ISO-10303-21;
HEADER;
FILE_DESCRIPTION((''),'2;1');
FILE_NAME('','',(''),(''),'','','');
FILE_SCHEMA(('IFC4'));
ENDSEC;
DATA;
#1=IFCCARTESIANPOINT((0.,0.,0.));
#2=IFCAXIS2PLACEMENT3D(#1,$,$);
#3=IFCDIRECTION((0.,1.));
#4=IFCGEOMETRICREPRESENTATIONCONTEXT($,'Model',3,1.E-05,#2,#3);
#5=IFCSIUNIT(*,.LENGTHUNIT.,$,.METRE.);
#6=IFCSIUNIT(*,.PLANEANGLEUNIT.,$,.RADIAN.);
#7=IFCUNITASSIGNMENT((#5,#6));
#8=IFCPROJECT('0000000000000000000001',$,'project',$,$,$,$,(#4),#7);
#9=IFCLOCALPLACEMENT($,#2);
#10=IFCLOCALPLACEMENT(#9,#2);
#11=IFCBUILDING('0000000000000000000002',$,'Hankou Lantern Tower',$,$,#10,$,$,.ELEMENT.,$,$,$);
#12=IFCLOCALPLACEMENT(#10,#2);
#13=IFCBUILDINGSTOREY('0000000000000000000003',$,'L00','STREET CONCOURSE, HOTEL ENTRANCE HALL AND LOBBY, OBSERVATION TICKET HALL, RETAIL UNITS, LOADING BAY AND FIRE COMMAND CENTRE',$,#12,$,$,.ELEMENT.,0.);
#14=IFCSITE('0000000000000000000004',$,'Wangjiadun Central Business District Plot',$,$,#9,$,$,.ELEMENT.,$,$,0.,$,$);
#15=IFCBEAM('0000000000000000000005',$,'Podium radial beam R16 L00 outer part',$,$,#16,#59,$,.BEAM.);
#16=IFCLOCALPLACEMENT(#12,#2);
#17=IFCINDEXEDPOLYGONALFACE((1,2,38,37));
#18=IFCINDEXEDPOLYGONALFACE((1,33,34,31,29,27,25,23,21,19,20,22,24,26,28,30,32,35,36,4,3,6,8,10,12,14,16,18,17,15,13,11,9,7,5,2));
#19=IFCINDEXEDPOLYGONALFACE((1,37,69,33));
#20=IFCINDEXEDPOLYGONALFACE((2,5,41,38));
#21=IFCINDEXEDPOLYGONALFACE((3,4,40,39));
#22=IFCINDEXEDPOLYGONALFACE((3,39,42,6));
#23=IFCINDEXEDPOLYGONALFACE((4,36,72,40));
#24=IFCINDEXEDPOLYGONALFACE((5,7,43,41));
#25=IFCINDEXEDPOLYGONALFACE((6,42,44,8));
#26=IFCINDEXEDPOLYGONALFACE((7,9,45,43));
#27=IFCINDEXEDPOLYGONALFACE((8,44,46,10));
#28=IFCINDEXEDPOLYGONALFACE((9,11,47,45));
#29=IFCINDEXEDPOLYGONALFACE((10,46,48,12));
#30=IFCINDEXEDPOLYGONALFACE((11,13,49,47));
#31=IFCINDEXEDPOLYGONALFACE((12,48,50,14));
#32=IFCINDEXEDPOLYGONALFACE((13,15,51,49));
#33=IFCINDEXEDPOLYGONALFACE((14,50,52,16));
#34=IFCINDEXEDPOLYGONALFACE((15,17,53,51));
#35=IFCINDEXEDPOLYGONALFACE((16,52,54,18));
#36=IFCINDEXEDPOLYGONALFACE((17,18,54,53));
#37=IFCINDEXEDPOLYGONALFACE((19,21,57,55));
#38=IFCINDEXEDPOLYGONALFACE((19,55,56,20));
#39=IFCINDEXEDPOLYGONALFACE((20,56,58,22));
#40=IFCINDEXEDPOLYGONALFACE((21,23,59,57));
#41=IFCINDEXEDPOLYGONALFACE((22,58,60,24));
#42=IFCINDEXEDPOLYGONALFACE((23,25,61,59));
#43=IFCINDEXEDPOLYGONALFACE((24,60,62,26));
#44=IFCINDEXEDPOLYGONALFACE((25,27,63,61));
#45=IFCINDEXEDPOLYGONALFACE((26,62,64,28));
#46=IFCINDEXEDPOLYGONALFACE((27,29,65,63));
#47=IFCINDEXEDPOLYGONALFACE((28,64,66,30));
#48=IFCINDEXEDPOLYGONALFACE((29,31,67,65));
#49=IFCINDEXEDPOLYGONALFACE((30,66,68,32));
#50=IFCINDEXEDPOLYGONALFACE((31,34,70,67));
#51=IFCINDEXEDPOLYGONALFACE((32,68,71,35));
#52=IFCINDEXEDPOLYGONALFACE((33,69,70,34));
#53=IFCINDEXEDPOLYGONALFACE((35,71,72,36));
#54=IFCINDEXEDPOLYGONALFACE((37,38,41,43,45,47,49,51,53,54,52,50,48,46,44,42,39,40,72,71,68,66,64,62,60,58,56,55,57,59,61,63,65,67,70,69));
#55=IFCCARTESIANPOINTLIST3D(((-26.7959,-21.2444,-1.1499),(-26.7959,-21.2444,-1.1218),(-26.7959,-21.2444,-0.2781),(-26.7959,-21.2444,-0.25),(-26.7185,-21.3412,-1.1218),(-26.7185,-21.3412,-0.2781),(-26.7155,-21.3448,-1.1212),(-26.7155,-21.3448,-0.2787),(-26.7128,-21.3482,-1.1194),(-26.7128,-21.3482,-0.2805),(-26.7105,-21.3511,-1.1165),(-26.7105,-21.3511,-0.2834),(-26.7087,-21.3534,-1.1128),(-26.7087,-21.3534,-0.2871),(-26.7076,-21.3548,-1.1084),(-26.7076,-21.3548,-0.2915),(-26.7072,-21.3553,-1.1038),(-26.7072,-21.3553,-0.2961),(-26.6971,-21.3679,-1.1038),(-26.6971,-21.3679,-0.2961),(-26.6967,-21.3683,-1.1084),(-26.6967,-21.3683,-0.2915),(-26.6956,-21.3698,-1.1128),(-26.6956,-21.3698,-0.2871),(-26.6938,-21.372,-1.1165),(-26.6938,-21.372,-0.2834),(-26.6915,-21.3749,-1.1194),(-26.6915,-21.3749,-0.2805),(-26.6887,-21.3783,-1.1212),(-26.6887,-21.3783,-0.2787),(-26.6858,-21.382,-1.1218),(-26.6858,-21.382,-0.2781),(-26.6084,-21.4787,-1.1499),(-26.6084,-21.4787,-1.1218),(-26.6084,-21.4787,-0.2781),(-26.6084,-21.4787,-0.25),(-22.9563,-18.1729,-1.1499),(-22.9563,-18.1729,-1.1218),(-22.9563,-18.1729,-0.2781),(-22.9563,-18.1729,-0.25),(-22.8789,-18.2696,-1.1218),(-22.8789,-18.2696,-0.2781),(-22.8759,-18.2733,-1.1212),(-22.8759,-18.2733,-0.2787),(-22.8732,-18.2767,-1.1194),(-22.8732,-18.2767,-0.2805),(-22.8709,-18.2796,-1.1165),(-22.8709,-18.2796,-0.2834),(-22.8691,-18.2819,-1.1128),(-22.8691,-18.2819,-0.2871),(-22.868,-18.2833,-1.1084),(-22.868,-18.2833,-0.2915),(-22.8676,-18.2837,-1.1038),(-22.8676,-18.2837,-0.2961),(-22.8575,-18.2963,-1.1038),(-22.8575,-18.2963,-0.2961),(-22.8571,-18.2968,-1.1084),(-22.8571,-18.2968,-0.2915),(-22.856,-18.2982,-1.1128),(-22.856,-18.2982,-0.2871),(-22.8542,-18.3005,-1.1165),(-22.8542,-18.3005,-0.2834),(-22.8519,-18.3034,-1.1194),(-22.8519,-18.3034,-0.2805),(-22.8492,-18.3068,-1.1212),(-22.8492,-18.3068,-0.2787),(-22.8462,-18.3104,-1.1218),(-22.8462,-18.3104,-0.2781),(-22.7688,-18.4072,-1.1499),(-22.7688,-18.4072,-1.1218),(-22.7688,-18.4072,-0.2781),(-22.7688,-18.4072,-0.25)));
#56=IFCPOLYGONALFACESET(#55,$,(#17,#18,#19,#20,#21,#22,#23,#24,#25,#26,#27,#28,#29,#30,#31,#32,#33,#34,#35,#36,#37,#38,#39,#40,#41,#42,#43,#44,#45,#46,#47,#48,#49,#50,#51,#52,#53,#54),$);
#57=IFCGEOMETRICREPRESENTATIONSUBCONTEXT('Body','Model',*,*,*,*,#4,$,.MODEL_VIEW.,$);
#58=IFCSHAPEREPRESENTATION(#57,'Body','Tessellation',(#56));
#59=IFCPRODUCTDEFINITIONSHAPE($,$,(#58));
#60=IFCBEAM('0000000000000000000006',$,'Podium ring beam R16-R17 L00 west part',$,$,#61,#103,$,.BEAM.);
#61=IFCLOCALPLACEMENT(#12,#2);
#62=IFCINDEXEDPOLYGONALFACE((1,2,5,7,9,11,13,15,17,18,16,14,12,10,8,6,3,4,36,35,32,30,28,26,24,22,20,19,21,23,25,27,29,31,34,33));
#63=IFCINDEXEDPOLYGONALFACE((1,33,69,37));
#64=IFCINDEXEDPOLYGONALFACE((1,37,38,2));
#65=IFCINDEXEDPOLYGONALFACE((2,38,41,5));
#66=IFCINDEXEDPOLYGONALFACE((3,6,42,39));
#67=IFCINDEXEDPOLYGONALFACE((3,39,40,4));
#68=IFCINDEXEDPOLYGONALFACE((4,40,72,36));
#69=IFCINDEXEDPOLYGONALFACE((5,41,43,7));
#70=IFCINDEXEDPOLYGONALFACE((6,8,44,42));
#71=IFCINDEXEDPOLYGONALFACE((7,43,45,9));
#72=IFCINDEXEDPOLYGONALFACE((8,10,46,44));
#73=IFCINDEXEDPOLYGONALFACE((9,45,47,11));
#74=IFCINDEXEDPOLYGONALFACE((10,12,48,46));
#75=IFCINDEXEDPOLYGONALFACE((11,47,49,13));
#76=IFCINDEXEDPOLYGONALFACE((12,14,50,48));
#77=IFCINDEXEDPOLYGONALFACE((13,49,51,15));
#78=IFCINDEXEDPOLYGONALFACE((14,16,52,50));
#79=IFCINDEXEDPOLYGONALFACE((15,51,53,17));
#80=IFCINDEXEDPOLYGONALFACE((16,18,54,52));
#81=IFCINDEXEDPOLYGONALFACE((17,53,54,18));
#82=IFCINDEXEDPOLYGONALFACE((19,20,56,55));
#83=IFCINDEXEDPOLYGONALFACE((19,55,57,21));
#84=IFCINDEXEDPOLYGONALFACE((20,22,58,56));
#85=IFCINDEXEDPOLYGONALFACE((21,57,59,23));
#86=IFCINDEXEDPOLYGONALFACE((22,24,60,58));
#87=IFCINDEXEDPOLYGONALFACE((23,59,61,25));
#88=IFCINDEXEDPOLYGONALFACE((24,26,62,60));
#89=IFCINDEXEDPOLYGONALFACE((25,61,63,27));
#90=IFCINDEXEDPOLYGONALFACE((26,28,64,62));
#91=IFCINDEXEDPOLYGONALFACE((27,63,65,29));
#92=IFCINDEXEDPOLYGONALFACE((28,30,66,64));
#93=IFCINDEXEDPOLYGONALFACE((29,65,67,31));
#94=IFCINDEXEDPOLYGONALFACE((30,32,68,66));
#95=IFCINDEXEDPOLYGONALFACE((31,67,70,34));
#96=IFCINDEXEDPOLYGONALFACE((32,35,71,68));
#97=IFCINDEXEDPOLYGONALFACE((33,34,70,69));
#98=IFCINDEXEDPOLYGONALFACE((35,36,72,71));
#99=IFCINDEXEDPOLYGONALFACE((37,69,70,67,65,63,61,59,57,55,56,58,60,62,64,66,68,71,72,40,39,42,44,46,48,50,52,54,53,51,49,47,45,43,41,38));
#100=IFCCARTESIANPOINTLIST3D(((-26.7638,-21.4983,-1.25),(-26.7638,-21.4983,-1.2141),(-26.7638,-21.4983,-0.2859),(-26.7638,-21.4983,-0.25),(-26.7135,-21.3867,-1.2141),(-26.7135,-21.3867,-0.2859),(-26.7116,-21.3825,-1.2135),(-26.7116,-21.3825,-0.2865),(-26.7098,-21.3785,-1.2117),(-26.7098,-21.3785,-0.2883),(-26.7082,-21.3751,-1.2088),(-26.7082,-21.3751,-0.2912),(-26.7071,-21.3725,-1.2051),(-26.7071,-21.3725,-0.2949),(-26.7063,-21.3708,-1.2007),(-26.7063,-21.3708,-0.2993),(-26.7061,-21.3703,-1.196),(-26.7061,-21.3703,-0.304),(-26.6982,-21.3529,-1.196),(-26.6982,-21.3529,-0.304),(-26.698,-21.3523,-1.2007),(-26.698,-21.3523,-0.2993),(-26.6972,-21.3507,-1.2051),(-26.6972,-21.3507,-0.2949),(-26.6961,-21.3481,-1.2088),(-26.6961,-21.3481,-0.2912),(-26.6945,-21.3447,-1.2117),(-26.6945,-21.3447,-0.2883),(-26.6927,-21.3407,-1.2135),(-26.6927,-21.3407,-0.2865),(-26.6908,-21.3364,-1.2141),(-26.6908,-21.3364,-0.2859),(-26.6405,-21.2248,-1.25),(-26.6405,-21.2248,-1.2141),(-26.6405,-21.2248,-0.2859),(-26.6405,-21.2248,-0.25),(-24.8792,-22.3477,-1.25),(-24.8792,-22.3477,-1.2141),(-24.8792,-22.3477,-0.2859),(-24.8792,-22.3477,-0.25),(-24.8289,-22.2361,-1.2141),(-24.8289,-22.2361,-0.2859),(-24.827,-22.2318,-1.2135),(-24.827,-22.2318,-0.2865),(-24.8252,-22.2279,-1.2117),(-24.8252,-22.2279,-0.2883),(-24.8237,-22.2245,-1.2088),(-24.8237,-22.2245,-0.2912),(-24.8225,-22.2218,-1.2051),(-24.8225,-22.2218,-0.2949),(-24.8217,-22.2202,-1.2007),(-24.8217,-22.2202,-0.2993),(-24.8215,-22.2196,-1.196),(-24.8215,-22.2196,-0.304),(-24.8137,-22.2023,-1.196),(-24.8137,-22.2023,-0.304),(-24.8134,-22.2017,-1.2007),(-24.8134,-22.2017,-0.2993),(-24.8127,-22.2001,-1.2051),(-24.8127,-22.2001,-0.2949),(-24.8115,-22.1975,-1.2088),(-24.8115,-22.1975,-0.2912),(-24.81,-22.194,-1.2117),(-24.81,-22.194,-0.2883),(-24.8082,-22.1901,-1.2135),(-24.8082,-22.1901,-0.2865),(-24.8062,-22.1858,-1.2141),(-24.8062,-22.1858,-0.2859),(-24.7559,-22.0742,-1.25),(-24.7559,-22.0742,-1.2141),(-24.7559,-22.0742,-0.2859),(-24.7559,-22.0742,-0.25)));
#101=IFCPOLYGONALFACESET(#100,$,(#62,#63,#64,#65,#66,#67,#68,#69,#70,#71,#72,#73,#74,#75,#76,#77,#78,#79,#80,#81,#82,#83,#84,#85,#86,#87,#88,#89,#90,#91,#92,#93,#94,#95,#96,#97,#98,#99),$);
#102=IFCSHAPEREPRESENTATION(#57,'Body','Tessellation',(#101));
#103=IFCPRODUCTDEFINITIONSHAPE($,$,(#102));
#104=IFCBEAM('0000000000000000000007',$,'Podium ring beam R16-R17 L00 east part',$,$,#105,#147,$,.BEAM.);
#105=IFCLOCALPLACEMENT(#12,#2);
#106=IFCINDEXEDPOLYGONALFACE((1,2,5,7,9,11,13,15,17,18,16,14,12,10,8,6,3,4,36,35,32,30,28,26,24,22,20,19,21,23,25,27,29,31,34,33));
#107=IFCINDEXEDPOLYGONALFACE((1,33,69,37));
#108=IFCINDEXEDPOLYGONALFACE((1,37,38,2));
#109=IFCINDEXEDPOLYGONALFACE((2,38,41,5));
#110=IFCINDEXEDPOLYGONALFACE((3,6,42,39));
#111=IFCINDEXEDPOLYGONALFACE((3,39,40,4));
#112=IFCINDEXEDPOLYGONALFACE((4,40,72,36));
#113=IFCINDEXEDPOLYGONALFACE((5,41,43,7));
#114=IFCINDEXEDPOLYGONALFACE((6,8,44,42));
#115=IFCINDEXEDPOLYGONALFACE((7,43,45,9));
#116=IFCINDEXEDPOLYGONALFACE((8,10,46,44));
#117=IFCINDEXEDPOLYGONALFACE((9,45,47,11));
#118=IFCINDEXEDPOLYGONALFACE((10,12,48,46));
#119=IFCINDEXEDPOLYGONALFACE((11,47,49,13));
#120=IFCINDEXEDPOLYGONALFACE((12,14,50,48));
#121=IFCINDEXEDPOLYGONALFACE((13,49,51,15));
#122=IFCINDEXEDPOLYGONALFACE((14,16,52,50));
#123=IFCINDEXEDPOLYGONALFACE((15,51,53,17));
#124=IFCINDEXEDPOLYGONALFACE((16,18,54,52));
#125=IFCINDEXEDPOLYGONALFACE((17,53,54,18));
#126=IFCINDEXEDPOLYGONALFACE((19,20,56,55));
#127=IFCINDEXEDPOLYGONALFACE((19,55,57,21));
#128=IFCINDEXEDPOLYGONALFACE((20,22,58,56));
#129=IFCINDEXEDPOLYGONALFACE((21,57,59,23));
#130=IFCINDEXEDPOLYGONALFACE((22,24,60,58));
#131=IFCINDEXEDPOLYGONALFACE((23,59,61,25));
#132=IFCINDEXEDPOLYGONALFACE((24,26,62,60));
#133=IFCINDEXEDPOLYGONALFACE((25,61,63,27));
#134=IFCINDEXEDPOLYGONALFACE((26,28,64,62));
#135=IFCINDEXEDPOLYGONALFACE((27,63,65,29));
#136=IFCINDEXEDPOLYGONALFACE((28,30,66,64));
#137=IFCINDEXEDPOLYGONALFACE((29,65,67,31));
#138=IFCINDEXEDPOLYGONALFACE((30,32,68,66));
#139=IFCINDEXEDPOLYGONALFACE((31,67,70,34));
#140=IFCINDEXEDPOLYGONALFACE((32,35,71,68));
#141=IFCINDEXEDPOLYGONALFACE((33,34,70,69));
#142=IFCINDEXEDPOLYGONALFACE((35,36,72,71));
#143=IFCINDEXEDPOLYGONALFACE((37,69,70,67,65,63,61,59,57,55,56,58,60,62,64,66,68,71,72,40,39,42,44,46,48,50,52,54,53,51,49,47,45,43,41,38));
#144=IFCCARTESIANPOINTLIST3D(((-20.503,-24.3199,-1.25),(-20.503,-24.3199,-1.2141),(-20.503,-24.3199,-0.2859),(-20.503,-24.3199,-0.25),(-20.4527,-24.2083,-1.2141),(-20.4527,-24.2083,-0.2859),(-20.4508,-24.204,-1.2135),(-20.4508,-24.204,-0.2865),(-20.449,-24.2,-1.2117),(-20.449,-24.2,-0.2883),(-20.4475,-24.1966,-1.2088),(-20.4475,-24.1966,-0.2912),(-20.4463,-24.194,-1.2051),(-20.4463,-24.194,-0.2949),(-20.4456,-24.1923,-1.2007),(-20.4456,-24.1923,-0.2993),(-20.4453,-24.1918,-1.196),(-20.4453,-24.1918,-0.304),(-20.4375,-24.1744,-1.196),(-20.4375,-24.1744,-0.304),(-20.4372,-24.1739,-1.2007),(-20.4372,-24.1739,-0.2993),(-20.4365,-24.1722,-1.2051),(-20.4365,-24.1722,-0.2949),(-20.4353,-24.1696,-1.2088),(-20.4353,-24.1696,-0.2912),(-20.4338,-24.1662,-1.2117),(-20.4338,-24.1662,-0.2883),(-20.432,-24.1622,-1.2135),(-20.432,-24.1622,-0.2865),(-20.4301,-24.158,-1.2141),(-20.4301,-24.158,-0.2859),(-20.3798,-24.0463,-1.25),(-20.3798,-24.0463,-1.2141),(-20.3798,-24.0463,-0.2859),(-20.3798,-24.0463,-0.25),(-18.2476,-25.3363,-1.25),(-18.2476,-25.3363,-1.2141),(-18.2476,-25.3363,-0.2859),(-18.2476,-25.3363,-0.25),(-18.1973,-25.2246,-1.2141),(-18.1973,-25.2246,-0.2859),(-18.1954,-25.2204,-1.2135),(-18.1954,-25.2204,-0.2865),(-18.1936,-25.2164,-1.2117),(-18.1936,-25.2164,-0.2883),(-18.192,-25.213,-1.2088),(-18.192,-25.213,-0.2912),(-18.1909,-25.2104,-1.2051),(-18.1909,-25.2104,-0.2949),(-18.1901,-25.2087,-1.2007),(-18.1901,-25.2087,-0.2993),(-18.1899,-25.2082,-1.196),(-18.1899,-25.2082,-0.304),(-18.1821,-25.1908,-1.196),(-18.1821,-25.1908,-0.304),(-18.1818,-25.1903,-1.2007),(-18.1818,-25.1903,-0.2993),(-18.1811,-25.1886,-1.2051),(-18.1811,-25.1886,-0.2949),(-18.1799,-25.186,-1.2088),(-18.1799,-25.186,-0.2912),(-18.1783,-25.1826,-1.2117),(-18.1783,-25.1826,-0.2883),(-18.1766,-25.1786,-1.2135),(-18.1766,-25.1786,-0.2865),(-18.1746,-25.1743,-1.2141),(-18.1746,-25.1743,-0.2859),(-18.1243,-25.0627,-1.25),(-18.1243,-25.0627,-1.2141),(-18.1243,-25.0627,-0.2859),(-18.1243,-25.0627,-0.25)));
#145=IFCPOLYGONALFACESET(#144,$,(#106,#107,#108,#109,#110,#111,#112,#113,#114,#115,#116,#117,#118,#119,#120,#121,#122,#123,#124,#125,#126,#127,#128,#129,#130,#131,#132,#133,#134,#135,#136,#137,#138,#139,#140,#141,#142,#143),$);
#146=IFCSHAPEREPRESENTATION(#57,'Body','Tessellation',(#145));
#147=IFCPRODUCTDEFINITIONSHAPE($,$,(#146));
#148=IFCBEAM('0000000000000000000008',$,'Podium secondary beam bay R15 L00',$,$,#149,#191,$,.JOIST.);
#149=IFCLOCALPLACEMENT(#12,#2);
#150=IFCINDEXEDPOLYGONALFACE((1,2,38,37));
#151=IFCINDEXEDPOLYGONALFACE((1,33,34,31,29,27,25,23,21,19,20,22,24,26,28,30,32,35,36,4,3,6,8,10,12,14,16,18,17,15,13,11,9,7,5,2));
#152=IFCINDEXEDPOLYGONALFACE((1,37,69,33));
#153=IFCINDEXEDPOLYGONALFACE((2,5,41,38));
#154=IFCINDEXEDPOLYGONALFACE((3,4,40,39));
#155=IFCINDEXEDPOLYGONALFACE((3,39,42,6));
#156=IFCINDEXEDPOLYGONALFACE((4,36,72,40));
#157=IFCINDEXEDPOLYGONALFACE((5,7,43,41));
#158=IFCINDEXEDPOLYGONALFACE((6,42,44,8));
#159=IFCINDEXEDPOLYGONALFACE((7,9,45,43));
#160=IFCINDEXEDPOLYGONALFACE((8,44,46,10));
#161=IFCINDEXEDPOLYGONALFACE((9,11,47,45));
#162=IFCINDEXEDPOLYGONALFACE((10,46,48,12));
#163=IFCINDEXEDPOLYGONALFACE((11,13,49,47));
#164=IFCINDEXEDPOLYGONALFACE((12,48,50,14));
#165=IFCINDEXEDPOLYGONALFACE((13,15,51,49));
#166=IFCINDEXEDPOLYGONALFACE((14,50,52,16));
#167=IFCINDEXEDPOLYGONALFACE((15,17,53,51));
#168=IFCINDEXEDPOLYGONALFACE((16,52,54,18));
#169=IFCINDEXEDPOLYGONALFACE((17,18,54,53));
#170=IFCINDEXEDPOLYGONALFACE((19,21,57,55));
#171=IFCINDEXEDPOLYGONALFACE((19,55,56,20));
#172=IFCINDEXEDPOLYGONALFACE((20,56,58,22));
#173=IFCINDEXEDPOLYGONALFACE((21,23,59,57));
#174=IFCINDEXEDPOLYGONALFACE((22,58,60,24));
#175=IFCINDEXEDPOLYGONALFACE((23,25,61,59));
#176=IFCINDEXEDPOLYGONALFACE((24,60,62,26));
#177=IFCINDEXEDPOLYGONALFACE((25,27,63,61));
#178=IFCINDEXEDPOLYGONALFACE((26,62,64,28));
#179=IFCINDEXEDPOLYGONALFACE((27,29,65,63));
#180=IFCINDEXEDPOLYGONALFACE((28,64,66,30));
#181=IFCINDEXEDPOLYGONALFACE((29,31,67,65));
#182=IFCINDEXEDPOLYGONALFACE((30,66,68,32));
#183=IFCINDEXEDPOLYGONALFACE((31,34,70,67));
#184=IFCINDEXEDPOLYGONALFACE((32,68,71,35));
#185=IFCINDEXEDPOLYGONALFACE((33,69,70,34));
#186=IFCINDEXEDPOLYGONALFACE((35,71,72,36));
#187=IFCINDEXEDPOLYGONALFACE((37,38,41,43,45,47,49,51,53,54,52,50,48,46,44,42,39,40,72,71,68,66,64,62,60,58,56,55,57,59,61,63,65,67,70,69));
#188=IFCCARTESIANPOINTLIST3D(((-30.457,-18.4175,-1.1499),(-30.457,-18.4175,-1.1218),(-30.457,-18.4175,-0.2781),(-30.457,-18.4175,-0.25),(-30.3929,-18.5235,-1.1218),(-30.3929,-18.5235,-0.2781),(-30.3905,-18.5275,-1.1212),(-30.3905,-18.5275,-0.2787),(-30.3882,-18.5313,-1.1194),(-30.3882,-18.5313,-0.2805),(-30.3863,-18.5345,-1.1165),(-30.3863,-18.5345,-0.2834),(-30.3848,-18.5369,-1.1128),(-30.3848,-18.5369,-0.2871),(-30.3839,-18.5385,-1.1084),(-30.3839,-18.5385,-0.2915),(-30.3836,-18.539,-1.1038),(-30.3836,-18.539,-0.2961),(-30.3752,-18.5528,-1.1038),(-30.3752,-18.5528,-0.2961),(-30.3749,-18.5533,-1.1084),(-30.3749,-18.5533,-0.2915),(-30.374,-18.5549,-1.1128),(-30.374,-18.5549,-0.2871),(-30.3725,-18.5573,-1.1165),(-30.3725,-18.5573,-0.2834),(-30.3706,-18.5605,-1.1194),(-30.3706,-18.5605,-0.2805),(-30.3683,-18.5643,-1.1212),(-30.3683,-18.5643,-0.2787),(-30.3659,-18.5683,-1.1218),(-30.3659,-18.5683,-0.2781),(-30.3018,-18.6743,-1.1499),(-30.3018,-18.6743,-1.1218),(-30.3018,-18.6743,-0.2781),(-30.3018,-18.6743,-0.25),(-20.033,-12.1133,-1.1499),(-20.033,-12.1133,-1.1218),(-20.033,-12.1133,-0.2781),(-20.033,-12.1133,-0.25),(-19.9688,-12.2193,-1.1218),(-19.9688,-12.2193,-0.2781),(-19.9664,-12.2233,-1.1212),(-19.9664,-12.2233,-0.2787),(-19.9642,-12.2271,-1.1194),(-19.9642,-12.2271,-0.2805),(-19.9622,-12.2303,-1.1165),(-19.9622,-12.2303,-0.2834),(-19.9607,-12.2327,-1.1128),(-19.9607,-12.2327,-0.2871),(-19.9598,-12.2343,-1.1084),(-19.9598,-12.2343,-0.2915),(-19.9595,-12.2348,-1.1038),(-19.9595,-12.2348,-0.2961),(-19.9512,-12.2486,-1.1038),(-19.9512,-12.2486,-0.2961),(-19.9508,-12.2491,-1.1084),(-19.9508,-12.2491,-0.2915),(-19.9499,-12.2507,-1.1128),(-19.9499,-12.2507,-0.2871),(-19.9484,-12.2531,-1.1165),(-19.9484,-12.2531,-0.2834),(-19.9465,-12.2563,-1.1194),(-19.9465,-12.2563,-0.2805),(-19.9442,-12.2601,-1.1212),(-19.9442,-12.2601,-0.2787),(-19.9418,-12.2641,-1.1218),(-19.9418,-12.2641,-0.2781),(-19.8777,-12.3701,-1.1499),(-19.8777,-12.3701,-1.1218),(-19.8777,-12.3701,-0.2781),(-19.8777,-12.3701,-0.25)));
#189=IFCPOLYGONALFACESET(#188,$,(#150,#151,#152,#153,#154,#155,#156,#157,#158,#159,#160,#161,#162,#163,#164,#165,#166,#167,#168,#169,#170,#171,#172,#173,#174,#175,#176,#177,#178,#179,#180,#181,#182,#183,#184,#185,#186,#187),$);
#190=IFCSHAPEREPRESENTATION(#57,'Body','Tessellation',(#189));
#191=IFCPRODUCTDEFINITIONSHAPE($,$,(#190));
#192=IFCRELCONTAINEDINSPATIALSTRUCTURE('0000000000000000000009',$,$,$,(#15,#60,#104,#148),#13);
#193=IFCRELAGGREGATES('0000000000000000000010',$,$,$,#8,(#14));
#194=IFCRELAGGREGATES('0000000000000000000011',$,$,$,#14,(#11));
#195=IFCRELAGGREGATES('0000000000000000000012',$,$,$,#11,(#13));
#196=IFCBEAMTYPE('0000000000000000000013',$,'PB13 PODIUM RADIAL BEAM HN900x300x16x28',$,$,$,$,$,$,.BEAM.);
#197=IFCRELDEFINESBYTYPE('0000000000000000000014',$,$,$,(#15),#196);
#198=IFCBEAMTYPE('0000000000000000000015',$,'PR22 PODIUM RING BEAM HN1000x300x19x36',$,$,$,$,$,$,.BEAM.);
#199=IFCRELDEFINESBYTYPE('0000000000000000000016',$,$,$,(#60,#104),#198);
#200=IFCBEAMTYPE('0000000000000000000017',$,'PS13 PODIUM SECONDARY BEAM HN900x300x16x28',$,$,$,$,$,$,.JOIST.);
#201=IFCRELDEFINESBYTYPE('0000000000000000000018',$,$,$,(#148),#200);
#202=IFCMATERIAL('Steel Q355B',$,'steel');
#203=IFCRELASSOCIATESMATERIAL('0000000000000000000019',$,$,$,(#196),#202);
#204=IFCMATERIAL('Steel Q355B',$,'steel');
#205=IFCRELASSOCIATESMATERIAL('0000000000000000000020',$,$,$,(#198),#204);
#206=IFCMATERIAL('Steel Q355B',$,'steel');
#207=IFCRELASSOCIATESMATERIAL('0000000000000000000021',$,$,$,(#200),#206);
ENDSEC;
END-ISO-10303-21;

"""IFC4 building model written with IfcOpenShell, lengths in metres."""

from ifc_helpers import new_model, si_unit, direction, frame, origin, origin_2d, place, context, subcontext, project, spatial, i_section, extrude, material, material_profile, profile_set, type_object, element, save


model = new_model("IFC4")

# Units and contexts
model_context = context("Model", 3, precision=1e-05, world=origin(), true_north=direction((0.0, 1.0)))
body_context = subcontext(model_context, "Body", "Model", "MODEL_VIEW")
ifc_project = project(units=[si_unit("LENGTHUNIT", "METRE"), si_unit("PLANEANGLEUNIT", "RADIAN")], contexts=[model_context])

# Site, building, storey
site_placement = place(None, origin())
site = spatial("IfcSite", under=ifc_project, at=site_placement, Name="Wangjiadun Central Business District Plot", CompositionType="ELEMENT", RefElevation=0.0)
building_placement = place(site_placement, origin())
building = spatial("IfcBuilding", under=site, at=building_placement, Name="Hankou Lantern Tower", CompositionType="ELEMENT")
storey_placement = place(building_placement, origin())
storey = spatial("IfcBuildingStorey", under=building, at=storey_placement, Name="L00", Description="STREET CONCOURSE, HOTEL ENTRANCE HALL AND LOBBY, OBSERVATION TICKET HALL, RETAIL UNITS, LOADING BAY AND FIRE COMMAND CENTRE", CompositionType="ELEMENT", Elevation=0.0)

# Beams
ifc_material_1 = material(Name="Steel Q355B", Category="steel")
ifc_material_profile_1 = material_profile(ifc_material_1, i_section(OverallWidth=0.3, OverallDepth=0.8999, WebThickness=0.0161, FlangeThickness=0.0281, FilletRadius=0.0181, at=origin_2d()), Name="HN900x300x16x28")
ifc_profile_set_1 = profile_set([ifc_material_profile_1], Name="Steel Q355B")
beam_type_1 = type_object("IfcBeamType", Name="PB13 PODIUM RADIAL BEAM HN900x300x16x28", PredefinedType="BEAM", material=ifc_profile_set_1)
beam_1_placement = place(storey_placement, frame((-22.8625, -18.29, -0.7), z_axis=(-0.780883, -0.624677, 0.0), x_axis=(0.624677, -0.780883, 0.0)))
element("IfcBeam", 1, at=beam_1_placement, inside=storey, type_object=beam_type_1, Name="Podium radial beam R16 L00 outer part", PredefinedType="BEAM", context=body_context, shape_type="SweptSolid", body=[
    extrude(i_section(OverallWidth=0.3, OverallDepth=0.8999, WebThickness=0.0161, FlangeThickness=0.0281, FilletRadius=0.0181, at=origin_2d()), origin(), (0.0, 0.0, 1.0), 4.917),
])
ifc_material_2 = material(Name="Steel Q355B", Category="steel")
ifc_material_profile_2 = material_profile(ifc_material_2, i_section(OverallWidth=0.3, OverallDepth=1.0, WebThickness=0.019, FlangeThickness=0.0359, FilletRadius=0.0181, at=origin_2d()), Name="HN1000x300x19x36")
ifc_profile_set_2 = profile_set([ifc_material_profile_2], Name="Steel Q355B")
beam_type_2 = type_object("IfcBeamType", Name="PR22 PODIUM RING BEAM HN1000x300x19x36", PredefinedType="BEAM", material=ifc_profile_set_2)
beam_2_placement = place(storey_placement, frame((-26.7021, -21.3616, -0.75), z_axis=(0.91168, -0.4109, 0.0), x_axis=(0.4109, 0.91168, 0.0)))
element("IfcBeam", 2, at=beam_2_placement, inside=storey, type_object=beam_type_2, Name="Podium ring beam R16-R17 L00 west part", PredefinedType="BEAM", context=body_context, shape_type="SweptSolid", body=[
    extrude(i_section(OverallWidth=0.3, OverallDepth=1.0, WebThickness=0.019, FlangeThickness=0.0359, FilletRadius=0.0181, at=origin_2d()), origin(), (0.0, 0.0, 1.0), 2.0671),
])
beam_3_placement = place(storey_placement, frame((-20.4414, -24.1831, -0.75), z_axis=(0.911703, -0.410849, 0.0), x_axis=(0.410849, 0.911703, 0.0)))
element("IfcBeam", 3, at=beam_3_placement, inside=storey, type_object=beam_type_2, Name="Podium ring beam R16-R17 L00 east part", PredefinedType="BEAM", context=body_context, shape_type="SweptSolid", body=[
    extrude(i_section(OverallWidth=0.3, OverallDepth=1.0, WebThickness=0.019, FlangeThickness=0.0359, FilletRadius=0.0181, at=origin_2d()), origin(), (0.0, 0.0, 1.0), 2.4739),
])
ifc_material_3 = material(Name="Steel Q355B", Category="steel")
ifc_material_profile_3 = material_profile(ifc_material_3, i_section(OverallWidth=0.3, OverallDepth=0.8999, WebThickness=0.0161, FlangeThickness=0.0281, FilletRadius=0.0181, at=origin_2d()), Name="HN900x300x16x28")
ifc_profile_set_3 = profile_set([ifc_material_profile_3], Name="Steel Q355B")
beam_type_3 = type_object("IfcBeamType", Name="PS13 PODIUM SECONDARY BEAM HN900x300x16x28", PredefinedType="JOIST", material=ifc_profile_set_3)
beam_4_placement = place(storey_placement, frame((-19.9553, -12.2417, -0.7), z_axis=(-0.855686, -0.517496, 0.0), x_axis=(0.517496, -0.855686, 0.0)))
element("IfcBeam", 4, at=beam_4_placement, inside=storey, type_object=beam_type_3, Name="Podium secondary beam bay R15 L00", PredefinedType="JOIST", context=body_context, shape_type="SweptSolid", body=[
    extrude(i_section(OverallWidth=0.3, OverallDepth=0.8999, WebThickness=0.0161, FlangeThickness=0.0281, FilletRadius=0.0181, at=origin_2d()), origin(), (0.0, 0.0, 1.0), 12.1821),
])

save(model, "model.ifc")
